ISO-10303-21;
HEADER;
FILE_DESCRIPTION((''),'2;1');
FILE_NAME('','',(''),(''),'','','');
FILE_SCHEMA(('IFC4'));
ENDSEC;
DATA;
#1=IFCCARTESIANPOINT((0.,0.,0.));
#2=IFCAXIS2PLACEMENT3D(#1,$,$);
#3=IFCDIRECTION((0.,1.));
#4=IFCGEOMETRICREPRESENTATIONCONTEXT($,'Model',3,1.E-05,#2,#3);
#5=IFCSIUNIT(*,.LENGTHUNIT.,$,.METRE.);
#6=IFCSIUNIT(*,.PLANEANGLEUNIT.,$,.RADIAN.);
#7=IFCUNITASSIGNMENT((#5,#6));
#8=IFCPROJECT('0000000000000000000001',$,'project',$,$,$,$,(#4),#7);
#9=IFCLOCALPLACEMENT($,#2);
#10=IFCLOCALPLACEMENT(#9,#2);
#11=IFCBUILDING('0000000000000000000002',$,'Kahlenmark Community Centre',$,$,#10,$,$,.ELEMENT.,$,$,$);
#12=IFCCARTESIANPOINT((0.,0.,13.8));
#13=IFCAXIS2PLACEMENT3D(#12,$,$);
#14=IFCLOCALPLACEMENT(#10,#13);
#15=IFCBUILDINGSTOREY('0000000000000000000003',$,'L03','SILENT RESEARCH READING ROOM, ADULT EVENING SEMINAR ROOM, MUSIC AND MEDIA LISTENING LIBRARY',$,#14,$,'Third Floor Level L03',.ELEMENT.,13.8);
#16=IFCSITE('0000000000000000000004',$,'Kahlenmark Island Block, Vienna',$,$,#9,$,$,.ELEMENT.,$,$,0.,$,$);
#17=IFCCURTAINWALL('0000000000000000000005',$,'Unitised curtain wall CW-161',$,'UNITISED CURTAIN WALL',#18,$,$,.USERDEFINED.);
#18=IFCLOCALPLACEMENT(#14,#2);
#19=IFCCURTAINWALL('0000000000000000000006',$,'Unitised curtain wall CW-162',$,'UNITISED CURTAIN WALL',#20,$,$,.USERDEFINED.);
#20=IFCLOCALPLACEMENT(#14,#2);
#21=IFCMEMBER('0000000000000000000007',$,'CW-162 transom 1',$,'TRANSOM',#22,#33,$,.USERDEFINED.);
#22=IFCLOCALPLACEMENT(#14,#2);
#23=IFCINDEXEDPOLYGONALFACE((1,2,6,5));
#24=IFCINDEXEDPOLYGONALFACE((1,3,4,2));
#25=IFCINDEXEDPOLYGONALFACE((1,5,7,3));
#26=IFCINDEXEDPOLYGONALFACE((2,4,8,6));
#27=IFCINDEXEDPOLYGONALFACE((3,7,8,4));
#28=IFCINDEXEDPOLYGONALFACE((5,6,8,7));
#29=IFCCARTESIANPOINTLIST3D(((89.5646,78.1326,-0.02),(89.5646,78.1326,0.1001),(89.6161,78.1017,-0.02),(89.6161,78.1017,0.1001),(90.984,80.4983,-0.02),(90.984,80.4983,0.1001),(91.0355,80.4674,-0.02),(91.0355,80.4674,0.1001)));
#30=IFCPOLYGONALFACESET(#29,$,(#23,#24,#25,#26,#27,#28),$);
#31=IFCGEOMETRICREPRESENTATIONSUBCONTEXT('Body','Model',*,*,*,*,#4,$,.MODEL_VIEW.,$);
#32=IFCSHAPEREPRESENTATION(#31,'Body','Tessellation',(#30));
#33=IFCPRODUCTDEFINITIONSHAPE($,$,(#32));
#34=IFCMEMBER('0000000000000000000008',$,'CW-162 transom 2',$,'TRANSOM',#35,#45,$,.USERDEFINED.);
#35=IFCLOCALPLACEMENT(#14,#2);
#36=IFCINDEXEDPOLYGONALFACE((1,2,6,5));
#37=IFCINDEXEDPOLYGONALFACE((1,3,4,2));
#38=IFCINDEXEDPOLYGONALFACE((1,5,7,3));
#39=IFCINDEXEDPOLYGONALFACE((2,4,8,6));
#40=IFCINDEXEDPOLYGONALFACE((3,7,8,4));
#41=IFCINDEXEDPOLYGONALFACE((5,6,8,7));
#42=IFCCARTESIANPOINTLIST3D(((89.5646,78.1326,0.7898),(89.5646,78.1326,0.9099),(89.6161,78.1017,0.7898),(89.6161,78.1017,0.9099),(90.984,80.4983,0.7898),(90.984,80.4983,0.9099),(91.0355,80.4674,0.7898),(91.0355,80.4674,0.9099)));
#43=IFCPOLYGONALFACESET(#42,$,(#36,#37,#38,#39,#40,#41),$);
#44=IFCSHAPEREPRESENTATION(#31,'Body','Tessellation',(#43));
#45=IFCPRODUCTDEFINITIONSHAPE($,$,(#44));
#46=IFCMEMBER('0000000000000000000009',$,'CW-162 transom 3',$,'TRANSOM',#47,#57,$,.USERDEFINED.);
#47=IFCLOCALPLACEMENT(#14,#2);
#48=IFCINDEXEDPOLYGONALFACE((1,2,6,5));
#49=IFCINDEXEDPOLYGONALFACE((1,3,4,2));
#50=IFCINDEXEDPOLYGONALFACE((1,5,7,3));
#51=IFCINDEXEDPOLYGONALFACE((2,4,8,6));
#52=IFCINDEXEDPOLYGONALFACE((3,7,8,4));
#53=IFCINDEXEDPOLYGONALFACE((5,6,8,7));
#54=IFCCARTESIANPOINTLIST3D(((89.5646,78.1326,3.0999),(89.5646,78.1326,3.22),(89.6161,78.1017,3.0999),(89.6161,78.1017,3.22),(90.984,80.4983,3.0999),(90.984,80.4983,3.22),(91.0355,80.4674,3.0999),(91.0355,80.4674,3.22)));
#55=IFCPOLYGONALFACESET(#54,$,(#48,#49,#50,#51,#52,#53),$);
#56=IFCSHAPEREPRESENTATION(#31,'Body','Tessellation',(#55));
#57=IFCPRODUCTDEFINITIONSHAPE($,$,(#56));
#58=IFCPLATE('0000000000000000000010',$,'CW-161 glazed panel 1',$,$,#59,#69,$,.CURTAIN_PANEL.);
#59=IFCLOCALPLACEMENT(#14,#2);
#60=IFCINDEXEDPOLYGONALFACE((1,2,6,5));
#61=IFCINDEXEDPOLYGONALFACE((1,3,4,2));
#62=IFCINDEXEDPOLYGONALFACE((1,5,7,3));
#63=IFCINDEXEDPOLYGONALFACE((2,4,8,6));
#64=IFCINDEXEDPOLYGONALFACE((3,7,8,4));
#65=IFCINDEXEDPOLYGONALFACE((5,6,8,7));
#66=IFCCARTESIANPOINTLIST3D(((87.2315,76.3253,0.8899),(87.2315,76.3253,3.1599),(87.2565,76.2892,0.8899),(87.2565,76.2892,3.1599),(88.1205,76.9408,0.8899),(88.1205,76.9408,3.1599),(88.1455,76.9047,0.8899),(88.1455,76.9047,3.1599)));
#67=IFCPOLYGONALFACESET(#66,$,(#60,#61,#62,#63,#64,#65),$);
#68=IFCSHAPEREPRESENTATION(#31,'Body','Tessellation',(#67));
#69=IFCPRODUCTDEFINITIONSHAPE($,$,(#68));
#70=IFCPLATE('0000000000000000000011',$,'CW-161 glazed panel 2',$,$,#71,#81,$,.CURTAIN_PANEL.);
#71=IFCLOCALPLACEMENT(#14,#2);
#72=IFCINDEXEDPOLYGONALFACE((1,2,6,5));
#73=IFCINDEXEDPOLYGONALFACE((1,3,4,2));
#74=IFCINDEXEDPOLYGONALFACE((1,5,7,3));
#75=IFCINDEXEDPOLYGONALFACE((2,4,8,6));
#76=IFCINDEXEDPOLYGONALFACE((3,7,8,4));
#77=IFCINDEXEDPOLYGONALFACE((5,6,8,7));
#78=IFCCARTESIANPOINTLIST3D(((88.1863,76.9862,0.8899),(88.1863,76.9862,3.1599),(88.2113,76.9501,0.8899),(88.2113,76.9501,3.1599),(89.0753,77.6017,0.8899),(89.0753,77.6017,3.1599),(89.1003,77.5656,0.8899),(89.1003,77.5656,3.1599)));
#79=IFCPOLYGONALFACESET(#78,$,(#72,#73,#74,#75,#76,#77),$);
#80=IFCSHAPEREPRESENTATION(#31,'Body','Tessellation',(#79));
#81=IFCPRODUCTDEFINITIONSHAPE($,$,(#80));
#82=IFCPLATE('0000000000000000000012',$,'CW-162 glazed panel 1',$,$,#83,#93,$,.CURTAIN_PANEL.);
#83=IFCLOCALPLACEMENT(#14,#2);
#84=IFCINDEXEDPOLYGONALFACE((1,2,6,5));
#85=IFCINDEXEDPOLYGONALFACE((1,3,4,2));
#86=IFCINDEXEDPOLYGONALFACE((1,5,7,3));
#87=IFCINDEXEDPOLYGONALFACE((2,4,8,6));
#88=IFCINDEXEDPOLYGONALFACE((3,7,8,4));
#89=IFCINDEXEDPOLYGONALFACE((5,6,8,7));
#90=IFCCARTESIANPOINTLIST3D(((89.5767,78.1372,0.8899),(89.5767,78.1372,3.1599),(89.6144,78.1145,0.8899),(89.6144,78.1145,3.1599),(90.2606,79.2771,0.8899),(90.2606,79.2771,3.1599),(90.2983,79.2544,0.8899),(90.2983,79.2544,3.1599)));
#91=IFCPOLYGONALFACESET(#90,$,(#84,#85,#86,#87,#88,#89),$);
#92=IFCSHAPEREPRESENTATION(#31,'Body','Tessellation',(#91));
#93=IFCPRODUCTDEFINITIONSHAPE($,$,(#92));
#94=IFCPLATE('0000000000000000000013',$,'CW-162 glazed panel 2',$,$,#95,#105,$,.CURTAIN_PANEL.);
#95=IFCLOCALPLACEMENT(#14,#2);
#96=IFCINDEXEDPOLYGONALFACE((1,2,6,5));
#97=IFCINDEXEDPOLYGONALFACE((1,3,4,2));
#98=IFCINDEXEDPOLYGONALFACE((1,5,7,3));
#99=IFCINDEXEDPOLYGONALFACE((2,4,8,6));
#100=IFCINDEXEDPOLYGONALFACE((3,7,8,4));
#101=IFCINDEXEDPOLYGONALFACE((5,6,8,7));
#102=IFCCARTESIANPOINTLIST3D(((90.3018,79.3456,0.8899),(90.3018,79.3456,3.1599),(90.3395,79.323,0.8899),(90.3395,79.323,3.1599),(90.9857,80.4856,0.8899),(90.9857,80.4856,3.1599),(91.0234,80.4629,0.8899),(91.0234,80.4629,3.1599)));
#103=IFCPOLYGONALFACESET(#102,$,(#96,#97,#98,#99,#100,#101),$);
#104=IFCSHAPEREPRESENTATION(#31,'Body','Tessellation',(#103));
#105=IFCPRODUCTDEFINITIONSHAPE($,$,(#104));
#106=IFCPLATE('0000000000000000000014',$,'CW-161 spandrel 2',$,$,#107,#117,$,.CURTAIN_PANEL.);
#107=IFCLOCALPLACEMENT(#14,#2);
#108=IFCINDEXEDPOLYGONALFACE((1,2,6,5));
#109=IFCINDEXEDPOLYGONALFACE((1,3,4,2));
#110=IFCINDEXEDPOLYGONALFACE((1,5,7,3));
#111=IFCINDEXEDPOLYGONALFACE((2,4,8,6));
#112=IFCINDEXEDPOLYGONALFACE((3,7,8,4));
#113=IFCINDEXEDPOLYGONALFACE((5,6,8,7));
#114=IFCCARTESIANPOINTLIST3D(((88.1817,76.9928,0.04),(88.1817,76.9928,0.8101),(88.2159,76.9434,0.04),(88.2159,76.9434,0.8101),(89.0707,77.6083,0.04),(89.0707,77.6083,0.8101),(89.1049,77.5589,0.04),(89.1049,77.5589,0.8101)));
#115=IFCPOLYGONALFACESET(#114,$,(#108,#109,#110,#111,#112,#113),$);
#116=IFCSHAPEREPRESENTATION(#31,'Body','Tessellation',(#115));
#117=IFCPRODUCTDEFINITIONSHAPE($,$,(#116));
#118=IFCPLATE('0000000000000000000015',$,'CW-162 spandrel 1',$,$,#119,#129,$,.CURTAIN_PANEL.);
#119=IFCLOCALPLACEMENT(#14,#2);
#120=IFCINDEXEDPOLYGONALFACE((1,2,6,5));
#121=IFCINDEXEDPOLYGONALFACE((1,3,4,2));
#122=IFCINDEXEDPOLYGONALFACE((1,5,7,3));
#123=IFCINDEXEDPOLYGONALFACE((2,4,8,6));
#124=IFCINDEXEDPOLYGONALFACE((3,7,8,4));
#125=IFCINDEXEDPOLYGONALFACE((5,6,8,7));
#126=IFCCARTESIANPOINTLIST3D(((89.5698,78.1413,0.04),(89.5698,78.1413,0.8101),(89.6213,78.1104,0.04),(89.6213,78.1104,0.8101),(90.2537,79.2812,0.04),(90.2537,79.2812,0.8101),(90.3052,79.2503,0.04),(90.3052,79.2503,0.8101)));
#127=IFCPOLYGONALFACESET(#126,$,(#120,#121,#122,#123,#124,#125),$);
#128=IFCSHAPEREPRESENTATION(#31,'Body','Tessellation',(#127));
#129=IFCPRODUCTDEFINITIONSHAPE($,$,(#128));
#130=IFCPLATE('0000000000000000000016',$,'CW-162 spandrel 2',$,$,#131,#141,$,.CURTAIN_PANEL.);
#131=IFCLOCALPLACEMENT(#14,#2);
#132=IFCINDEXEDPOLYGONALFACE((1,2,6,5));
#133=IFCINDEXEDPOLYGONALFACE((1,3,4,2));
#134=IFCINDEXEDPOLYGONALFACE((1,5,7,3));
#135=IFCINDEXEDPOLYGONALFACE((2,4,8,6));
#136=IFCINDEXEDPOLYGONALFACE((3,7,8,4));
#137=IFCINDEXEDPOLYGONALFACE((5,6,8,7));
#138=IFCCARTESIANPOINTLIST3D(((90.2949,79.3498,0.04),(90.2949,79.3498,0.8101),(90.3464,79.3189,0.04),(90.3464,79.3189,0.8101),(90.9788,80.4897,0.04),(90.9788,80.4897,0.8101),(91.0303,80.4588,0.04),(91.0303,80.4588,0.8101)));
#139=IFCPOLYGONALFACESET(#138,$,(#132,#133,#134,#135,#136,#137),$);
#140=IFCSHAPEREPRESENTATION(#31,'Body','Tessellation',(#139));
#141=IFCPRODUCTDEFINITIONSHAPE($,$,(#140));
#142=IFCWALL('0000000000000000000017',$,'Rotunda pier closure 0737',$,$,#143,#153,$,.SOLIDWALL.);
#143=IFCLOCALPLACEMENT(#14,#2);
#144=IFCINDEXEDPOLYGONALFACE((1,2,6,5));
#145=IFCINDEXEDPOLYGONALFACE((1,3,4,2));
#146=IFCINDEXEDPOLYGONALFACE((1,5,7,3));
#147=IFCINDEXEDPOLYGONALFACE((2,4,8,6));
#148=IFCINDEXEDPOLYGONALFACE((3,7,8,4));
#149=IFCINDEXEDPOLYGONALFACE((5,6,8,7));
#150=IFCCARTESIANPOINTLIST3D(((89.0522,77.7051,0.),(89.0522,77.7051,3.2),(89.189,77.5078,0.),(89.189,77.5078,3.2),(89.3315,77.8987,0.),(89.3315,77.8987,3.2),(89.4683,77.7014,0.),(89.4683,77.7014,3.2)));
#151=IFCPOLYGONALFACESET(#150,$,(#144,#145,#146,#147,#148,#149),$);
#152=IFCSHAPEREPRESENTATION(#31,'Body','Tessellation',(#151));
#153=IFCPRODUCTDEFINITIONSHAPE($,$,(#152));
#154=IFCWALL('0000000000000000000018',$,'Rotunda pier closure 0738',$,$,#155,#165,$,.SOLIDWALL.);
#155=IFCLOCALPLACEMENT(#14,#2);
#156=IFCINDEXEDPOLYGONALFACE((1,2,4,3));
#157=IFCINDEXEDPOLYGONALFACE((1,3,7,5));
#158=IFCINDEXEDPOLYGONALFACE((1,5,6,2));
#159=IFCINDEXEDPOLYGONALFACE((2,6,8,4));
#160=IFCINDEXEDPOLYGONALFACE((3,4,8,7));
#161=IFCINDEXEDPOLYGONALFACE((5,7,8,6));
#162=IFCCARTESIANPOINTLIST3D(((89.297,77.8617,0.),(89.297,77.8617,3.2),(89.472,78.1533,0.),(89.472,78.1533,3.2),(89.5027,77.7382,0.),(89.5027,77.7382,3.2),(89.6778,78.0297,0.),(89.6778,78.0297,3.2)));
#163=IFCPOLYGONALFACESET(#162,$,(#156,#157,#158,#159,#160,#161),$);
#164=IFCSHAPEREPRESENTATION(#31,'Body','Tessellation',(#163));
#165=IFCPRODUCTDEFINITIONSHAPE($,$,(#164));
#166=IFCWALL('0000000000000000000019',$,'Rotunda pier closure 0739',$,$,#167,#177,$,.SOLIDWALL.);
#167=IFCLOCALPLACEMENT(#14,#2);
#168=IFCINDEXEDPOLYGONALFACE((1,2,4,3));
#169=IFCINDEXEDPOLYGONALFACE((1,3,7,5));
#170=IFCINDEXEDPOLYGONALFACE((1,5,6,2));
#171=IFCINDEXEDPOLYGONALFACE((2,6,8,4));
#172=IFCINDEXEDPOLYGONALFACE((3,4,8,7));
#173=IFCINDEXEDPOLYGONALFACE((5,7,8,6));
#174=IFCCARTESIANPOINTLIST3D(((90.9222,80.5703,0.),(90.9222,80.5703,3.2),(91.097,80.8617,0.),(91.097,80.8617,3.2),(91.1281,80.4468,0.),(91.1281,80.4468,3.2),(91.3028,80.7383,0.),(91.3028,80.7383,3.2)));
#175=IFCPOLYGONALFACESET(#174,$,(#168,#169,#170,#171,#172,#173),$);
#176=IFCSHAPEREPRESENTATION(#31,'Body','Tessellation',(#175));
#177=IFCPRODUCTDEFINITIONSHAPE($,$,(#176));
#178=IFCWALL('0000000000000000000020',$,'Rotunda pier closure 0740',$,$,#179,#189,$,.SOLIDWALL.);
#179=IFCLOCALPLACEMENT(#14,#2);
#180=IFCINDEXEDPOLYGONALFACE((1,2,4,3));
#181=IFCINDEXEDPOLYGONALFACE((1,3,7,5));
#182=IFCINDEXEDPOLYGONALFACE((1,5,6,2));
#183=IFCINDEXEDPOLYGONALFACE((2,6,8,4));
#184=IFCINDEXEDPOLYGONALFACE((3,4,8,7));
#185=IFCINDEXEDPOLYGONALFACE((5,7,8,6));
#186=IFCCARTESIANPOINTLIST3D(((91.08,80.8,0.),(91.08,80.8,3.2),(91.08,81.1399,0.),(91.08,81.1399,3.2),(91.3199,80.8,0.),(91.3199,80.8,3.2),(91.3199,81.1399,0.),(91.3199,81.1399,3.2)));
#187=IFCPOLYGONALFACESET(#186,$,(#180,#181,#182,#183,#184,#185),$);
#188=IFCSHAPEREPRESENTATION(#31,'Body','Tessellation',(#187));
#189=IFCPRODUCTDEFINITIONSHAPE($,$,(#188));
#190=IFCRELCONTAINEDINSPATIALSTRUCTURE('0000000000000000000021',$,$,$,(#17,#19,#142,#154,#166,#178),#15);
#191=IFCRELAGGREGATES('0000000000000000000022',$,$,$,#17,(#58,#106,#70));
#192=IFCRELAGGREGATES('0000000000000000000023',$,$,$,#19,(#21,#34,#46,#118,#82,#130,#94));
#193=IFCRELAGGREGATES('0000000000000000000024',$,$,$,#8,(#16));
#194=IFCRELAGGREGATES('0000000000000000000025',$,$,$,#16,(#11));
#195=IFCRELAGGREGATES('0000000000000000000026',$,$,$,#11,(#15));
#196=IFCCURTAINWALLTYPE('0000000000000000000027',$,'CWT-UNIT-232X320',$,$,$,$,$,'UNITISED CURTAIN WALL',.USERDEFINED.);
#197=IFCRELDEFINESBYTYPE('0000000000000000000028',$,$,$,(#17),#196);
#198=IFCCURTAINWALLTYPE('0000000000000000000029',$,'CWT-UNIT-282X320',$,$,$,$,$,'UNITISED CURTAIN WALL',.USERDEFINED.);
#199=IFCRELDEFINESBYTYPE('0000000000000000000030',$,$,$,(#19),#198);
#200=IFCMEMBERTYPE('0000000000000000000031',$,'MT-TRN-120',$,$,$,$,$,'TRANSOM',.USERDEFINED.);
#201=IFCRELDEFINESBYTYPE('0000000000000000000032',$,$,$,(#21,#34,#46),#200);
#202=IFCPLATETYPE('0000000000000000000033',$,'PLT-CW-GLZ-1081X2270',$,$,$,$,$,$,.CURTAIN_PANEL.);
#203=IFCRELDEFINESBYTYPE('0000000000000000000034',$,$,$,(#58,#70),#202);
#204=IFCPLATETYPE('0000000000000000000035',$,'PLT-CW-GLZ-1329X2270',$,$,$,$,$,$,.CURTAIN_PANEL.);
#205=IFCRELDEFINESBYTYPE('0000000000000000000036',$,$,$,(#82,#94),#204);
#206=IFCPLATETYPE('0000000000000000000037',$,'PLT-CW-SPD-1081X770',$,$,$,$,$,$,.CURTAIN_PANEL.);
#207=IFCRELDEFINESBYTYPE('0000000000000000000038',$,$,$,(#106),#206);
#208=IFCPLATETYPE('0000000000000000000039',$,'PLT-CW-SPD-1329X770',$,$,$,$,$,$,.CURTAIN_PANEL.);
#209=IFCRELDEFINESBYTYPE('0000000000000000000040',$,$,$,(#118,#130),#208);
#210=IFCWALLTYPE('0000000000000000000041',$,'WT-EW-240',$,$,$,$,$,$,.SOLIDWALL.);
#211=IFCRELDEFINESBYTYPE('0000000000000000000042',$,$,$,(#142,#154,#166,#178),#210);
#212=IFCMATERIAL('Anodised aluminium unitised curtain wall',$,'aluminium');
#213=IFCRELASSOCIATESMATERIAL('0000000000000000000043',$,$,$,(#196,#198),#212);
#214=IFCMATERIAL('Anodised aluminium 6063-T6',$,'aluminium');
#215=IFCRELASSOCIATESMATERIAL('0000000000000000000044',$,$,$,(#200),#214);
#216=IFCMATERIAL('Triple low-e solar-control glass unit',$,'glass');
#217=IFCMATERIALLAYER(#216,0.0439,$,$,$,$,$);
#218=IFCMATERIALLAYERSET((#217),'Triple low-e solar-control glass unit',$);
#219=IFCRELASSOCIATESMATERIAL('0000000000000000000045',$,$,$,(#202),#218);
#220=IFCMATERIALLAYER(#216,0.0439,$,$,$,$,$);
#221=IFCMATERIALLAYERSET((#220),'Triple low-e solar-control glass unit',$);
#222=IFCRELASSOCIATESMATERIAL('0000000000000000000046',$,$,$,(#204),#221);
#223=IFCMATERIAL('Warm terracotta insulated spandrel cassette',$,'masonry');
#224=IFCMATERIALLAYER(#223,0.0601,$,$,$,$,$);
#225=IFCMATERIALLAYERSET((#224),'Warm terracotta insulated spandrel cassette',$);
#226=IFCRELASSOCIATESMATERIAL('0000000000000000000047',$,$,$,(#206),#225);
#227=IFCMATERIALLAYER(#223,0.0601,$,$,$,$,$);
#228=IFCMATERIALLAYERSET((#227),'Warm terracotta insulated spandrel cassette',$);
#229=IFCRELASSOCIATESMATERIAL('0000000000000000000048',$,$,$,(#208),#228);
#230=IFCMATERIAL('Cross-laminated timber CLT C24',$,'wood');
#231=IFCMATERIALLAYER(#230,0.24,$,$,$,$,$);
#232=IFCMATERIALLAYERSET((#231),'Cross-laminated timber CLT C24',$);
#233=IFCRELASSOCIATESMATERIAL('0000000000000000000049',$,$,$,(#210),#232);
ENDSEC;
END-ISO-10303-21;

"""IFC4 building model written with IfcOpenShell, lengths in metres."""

from ifc_helpers import new_model, si_unit, direction, frame, frame_2d, origin, origin_2d, place, context, subcontext, project, spatial, rectangle, extrude, material, layer, layer_set, material_profile, profile_set, type_object, element, aggregate, save


model = new_model("IFC4")

# Units and contexts
model_context = context("Model", 3, precision=1e-05, world=origin(), true_north=direction((0.0, 1.0)))
body_context = subcontext(model_context, "Body", "Model", "MODEL_VIEW")
ifc_project = project(units=[si_unit("LENGTHUNIT", "METRE"), si_unit("PLANEANGLEUNIT", "RADIAN")], contexts=[model_context])

# Site, building, storey
site_placement = place(None, origin())
site = spatial("IfcSite", under=ifc_project, at=site_placement, Name="Kahlenmark Island Block, Vienna", CompositionType="ELEMENT", RefElevation=0.0)
building_placement = place(site_placement, origin())
building = spatial("IfcBuilding", under=site, at=building_placement, Name="Kahlenmark Community Centre", CompositionType="ELEMENT")
storey_placement = place(building_placement, frame((0.0, 0.0, 13.8)))
storey = spatial("IfcBuildingStorey", under=building, at=storey_placement, Name="L03", Description="SILENT RESEARCH READING ROOM, ADULT EVENING SEMINAR ROOM, MUSIC AND MEDIA LISTENING LIBRARY", LongName="Third Floor Level L03", CompositionType="ELEMENT", Elevation=13.8)

# Curtain walls, members
ifc_material_1 = material(Name="Anodised aluminium unitised curtain wall", Category="aluminium")
curtain_wall_type_1 = type_object("IfcCurtainWallType", Name="CWT-UNIT-232X320", ElementType="UNITISED CURTAIN WALL", PredefinedType="USERDEFINED", material=ifc_material_1)
curtain_wall_1_placement = place(storey_placement, origin())
curtain_wall_1 = element("IfcCurtainWall", 1, at=curtain_wall_1_placement, inside=storey, type_object=curtain_wall_type_1, Name="Unitised curtain wall CW-161", ObjectType="UNITISED CURTAIN WALL", PredefinedType="USERDEFINED")
ifc_material_2 = material(Name="Anodised aluminium 6063-T6", Category="aluminium")
curtain_wall_type_2 = type_object("IfcCurtainWallType", Name="CWT-UNIT-282X320", ElementType="UNITISED CURTAIN WALL", PredefinedType="USERDEFINED", material=ifc_material_1)
curtain_wall_2_placement = place(storey_placement, origin())
curtain_wall_2 = element("IfcCurtainWall", 2, at=curtain_wall_2_placement, inside=storey, type_object=curtain_wall_type_2, Name="Unitised curtain wall CW-162", ObjectType="UNITISED CURTAIN WALL", PredefinedType="USERDEFINED")
ifc_material_profile_1 = material_profile(ifc_material_2, rectangle(XDim=0.0601, YDim=0.1201, at=origin_2d()), Name="ALU TRANSOM 60x120")
ifc_profile_set_1 = profile_set([ifc_material_profile_1], Name="Anodised aluminium 6063-T6")
member_type_1 = type_object("IfcMemberType", Name="MT-TRN-120", ElementType="TRANSOM", PredefinedType="USERDEFINED", material=ifc_profile_set_1)
member_1_placement = place(storey_placement, frame((89.5903, 78.1172, 0.04), z_axis=(0.514496, 0.857493, 0.0), x_axis=(-0.857493, 0.514496, 0.0)))
member_1 = element("IfcMember", 3, at=member_1_placement, type_object=member_type_1, Name="CW-162 transom 1", ObjectType="TRANSOM", PredefinedType="USERDEFINED", context=body_context, shape_type="SweptSolid", body=[
    extrude(rectangle(XDim=0.0601, YDim=0.1201, at=origin_2d()), origin(), (0.0, 0.0, 1.0), 2.7588),
])
member_2_placement = place(storey_placement, frame((89.5903, 78.1172, 0.8499), z_axis=(0.514496, 0.857493, 0.0), x_axis=(-0.857493, 0.514496, 0.0)))
member_2 = element("IfcMember", 4, at=member_2_placement, type_object=member_type_1, Name="CW-162 transom 2", ObjectType="TRANSOM", PredefinedType="USERDEFINED", context=body_context, shape_type="SweptSolid", body=[
    extrude(rectangle(XDim=0.0601, YDim=0.1201, at=origin_2d()), origin(), (0.0, 0.0, 1.0), 2.7588),
])
member_3_placement = place(storey_placement, frame((89.5903, 78.1172, 3.1599), z_axis=(0.514496, 0.857493, 0.0), x_axis=(-0.857493, 0.514496, 0.0)))
member_3 = element("IfcMember", 5, at=member_3_placement, type_object=member_type_1, Name="CW-162 transom 3", ObjectType="TRANSOM", PredefinedType="USERDEFINED", context=body_context, shape_type="SweptSolid", body=[
    extrude(rectangle(XDim=0.0601, YDim=0.1201, at=origin_2d()), origin(), (0.0, 0.0, 1.0), 2.7588),
])

# Plates
ifc_material_3 = material(Name="Triple low-e solar-control glass unit", Category="glass")
ifc_layer_1 = layer(ifc_material_3, 0.0439)
ifc_layer_set_1 = layer_set([ifc_layer_1], Name="Triple low-e solar-control glass unit")
plate_type_1 = type_object("IfcPlateType", Name="PLT-CW-GLZ-1081X2270", PredefinedType="CURTAIN_PANEL", material=ifc_layer_set_1)
plate_1_placement = place(storey_placement, frame((87.6885, 76.615, 0.8899), z_axis=(0.0, 0.0, 1.0), x_axis=(0.822191, 0.569212, 0.0)))
plate_1 = element("IfcPlate", 6, at=plate_1_placement, type_object=plate_type_1, Name="CW-161 glazed panel 1", PredefinedType="CURTAIN_PANEL", context=body_context, shape_type="SweptSolid", body=[
    extrude(rectangle(XDim=1.0813, YDim=0.0439, at=origin_2d()), origin(), (0.0, 0.0, 1.0), 2.27),
])
plate_2_placement = place(storey_placement, frame((88.6433, 77.2759, 0.8899), z_axis=(0.0, 0.0, 1.0), x_axis=(0.822191, 0.569212, 0.0)))
plate_2 = element("IfcPlate", 7, at=plate_2_placement, type_object=plate_type_1, Name="CW-161 glazed panel 2", PredefinedType="CURTAIN_PANEL", context=body_context, shape_type="SweptSolid", body=[
    extrude(rectangle(XDim=1.0813, YDim=0.0439, at=origin_2d()), origin(), (0.0, 0.0, 1.0), 2.27),
])
ifc_layer_2 = layer(ifc_material_3, 0.0439)
ifc_layer_set_2 = layer_set([ifc_layer_2], Name="Triple low-e solar-control glass unit")
plate_type_2 = type_object("IfcPlateType", Name="PLT-CW-GLZ-1329X2270", PredefinedType="CURTAIN_PANEL", material=ifc_layer_set_2)
plate_3_placement = place(storey_placement, frame((89.9375, 78.6958, 0.8899), z_axis=(0.0, 0.0, 1.0), x_axis=(0.514496, 0.857493, 0.0)))
plate_3 = element("IfcPlate", 8, at=plate_3_placement, type_object=plate_type_2, Name="CW-162 glazed panel 1", PredefinedType="CURTAIN_PANEL", context=body_context, shape_type="SweptSolid", body=[
    extrude(rectangle(XDim=1.3293, YDim=0.0439, at=origin_2d()), origin(), (0.0, 0.0, 1.0), 2.27),
])
plate_4_placement = place(storey_placement, frame((90.6626, 79.9043, 0.8899), z_axis=(0.0, 0.0, 1.0), x_axis=(0.514496, 0.857493, 0.0)))
plate_4 = element("IfcPlate", 9, at=plate_4_placement, type_object=plate_type_2, Name="CW-162 glazed panel 2", PredefinedType="CURTAIN_PANEL", context=body_context, shape_type="SweptSolid", body=[
    extrude(rectangle(XDim=1.3293, YDim=0.0439, at=origin_2d()), origin(), (0.0, 0.0, 1.0), 2.27),
])
ifc_material_4 = material(Name="Warm terracotta insulated spandrel cassette", Category="masonry")
ifc_layer_3 = layer(ifc_material_4, 0.0601)
ifc_layer_set_3 = layer_set([ifc_layer_3], Name="Warm terracotta insulated spandrel cassette")
plate_type_3 = type_object("IfcPlateType", Name="PLT-CW-SPD-1081X770", PredefinedType="CURTAIN_PANEL", material=ifc_layer_set_3)
plate_5_placement = place(storey_placement, frame((88.6433, 77.2759, 0.04), z_axis=(0.0, 0.0, 1.0), x_axis=(0.822191, 0.569212, 0.0)))
plate_5 = element("IfcPlate", 10, at=plate_5_placement, type_object=plate_type_3, Name="CW-161 spandrel 2", PredefinedType="CURTAIN_PANEL", context=body_context, shape_type="SweptSolid", body=[
    extrude(rectangle(XDim=1.0813, YDim=0.0601, at=origin_2d()), origin(), (0.0, 0.0, 1.0), 0.77),
])
aggregate(curtain_wall_1, [plate_1, plate_5, plate_2])
ifc_layer_4 = layer(ifc_material_4, 0.0601)
ifc_layer_set_4 = layer_set([ifc_layer_4], Name="Warm terracotta insulated spandrel cassette")
plate_type_4 = type_object("IfcPlateType", Name="PLT-CW-SPD-1329X770", PredefinedType="CURTAIN_PANEL", material=ifc_layer_set_4)
plate_6_placement = place(storey_placement, frame((89.9375, 78.6958, 0.04), z_axis=(0.0, 0.0, 1.0), x_axis=(0.514496, 0.857493, 0.0)))
plate_6 = element("IfcPlate", 11, at=plate_6_placement, type_object=plate_type_4, Name="CW-162 spandrel 1", PredefinedType="CURTAIN_PANEL", context=body_context, shape_type="SweptSolid", body=[
    extrude(rectangle(XDim=1.3293, YDim=0.0601, at=origin_2d()), origin(), (0.0, 0.0, 1.0), 0.77),
])
plate_7_placement = place(storey_placement, frame((90.6626, 79.9043, 0.04), z_axis=(0.0, 0.0, 1.0), x_axis=(0.514496, 0.857493, 0.0)))
plate_7 = element("IfcPlate", 12, at=plate_7_placement, type_object=plate_type_4, Name="CW-162 spandrel 2", PredefinedType="CURTAIN_PANEL", context=body_context, shape_type="SweptSolid", body=[
    extrude(rectangle(XDim=1.3293, YDim=0.0601, at=origin_2d()), origin(), (0.0, 0.0, 1.0), 0.77),
])
aggregate(curtain_wall_2, [member_1, member_2, member_3, plate_6, plate_3, plate_7, plate_4])

# Walls
ifc_material_5 = material(Name="Cross-laminated timber CLT C24", Category="wood")
ifc_layer_5 = layer(ifc_material_5, 0.24)
ifc_layer_set_5 = layer_set([ifc_layer_5], Name="Cross-laminated timber CLT C24")
wall_type = type_object("IfcWallType", Name="WT-EW-240", PredefinedType="SOLIDWALL", material=ifc_layer_set_5)
wall_1_placement = place(storey_placement, frame((89.1206, 77.6064, 0.0), z_axis=(0.0, 0.0, 1.0), x_axis=(0.821856, 0.569696, 0.0)))
element("IfcWall", 13, at=wall_1_placement, inside=storey, type_object=wall_type, Name="Rotunda pier closure 0737", PredefinedType="SOLIDWALL", context=body_context, shape_type="SweptSolid", body=[
    extrude(rectangle(XDim=0.3398, YDim=0.24, at=frame_2d((0.1699, 0.0))), origin(), (0.0, 0.0, 1.0), 3.2),
])
wall_2_placement = place(storey_placement, frame((89.3999, 77.8, 0.0), z_axis=(0.0, 0.0, 1.0), x_axis=(0.514812, 0.857303, 0.0)))
element("IfcWall", 14, at=wall_2_placement, inside=storey, type_object=wall_type, Name="Rotunda pier closure 0738", PredefinedType="SOLIDWALL", context=body_context, shape_type="SweptSolid", body=[
    extrude(rectangle(XDim=0.3401, YDim=0.24, at=frame_2d((0.1699, 0.0))), origin(), (0.0, 0.0, 1.0), 3.2),
])
for number, where, z_axis, x_axis, name in (
    (15, (91.0251, 80.5085, 0.0), (0.0, 0.0, 1.0), (0.514284, 0.85762, 0.0), "Rotunda pier closure 0739"),
    (16, (91.2, 80.8, 0.0), (0.0, 0.0, 1.0), (0.0, 1.0, 0.0), "Rotunda pier closure 0740"),
):
    element("IfcWall", number, at=place(storey_placement, frame(where, z_axis=z_axis, x_axis=x_axis)), inside=storey, type_object=wall_type, Name=name, PredefinedType="SOLIDWALL", context=body_context, shape_type="SweptSolid", body=[
        extrude(rectangle(XDim=0.3398, YDim=0.24, at=frame_2d((0.1699, 0.0))), origin(), (0.0, 0.0, 1.0), 3.2),
    ])

save(model, "model.ifc")
